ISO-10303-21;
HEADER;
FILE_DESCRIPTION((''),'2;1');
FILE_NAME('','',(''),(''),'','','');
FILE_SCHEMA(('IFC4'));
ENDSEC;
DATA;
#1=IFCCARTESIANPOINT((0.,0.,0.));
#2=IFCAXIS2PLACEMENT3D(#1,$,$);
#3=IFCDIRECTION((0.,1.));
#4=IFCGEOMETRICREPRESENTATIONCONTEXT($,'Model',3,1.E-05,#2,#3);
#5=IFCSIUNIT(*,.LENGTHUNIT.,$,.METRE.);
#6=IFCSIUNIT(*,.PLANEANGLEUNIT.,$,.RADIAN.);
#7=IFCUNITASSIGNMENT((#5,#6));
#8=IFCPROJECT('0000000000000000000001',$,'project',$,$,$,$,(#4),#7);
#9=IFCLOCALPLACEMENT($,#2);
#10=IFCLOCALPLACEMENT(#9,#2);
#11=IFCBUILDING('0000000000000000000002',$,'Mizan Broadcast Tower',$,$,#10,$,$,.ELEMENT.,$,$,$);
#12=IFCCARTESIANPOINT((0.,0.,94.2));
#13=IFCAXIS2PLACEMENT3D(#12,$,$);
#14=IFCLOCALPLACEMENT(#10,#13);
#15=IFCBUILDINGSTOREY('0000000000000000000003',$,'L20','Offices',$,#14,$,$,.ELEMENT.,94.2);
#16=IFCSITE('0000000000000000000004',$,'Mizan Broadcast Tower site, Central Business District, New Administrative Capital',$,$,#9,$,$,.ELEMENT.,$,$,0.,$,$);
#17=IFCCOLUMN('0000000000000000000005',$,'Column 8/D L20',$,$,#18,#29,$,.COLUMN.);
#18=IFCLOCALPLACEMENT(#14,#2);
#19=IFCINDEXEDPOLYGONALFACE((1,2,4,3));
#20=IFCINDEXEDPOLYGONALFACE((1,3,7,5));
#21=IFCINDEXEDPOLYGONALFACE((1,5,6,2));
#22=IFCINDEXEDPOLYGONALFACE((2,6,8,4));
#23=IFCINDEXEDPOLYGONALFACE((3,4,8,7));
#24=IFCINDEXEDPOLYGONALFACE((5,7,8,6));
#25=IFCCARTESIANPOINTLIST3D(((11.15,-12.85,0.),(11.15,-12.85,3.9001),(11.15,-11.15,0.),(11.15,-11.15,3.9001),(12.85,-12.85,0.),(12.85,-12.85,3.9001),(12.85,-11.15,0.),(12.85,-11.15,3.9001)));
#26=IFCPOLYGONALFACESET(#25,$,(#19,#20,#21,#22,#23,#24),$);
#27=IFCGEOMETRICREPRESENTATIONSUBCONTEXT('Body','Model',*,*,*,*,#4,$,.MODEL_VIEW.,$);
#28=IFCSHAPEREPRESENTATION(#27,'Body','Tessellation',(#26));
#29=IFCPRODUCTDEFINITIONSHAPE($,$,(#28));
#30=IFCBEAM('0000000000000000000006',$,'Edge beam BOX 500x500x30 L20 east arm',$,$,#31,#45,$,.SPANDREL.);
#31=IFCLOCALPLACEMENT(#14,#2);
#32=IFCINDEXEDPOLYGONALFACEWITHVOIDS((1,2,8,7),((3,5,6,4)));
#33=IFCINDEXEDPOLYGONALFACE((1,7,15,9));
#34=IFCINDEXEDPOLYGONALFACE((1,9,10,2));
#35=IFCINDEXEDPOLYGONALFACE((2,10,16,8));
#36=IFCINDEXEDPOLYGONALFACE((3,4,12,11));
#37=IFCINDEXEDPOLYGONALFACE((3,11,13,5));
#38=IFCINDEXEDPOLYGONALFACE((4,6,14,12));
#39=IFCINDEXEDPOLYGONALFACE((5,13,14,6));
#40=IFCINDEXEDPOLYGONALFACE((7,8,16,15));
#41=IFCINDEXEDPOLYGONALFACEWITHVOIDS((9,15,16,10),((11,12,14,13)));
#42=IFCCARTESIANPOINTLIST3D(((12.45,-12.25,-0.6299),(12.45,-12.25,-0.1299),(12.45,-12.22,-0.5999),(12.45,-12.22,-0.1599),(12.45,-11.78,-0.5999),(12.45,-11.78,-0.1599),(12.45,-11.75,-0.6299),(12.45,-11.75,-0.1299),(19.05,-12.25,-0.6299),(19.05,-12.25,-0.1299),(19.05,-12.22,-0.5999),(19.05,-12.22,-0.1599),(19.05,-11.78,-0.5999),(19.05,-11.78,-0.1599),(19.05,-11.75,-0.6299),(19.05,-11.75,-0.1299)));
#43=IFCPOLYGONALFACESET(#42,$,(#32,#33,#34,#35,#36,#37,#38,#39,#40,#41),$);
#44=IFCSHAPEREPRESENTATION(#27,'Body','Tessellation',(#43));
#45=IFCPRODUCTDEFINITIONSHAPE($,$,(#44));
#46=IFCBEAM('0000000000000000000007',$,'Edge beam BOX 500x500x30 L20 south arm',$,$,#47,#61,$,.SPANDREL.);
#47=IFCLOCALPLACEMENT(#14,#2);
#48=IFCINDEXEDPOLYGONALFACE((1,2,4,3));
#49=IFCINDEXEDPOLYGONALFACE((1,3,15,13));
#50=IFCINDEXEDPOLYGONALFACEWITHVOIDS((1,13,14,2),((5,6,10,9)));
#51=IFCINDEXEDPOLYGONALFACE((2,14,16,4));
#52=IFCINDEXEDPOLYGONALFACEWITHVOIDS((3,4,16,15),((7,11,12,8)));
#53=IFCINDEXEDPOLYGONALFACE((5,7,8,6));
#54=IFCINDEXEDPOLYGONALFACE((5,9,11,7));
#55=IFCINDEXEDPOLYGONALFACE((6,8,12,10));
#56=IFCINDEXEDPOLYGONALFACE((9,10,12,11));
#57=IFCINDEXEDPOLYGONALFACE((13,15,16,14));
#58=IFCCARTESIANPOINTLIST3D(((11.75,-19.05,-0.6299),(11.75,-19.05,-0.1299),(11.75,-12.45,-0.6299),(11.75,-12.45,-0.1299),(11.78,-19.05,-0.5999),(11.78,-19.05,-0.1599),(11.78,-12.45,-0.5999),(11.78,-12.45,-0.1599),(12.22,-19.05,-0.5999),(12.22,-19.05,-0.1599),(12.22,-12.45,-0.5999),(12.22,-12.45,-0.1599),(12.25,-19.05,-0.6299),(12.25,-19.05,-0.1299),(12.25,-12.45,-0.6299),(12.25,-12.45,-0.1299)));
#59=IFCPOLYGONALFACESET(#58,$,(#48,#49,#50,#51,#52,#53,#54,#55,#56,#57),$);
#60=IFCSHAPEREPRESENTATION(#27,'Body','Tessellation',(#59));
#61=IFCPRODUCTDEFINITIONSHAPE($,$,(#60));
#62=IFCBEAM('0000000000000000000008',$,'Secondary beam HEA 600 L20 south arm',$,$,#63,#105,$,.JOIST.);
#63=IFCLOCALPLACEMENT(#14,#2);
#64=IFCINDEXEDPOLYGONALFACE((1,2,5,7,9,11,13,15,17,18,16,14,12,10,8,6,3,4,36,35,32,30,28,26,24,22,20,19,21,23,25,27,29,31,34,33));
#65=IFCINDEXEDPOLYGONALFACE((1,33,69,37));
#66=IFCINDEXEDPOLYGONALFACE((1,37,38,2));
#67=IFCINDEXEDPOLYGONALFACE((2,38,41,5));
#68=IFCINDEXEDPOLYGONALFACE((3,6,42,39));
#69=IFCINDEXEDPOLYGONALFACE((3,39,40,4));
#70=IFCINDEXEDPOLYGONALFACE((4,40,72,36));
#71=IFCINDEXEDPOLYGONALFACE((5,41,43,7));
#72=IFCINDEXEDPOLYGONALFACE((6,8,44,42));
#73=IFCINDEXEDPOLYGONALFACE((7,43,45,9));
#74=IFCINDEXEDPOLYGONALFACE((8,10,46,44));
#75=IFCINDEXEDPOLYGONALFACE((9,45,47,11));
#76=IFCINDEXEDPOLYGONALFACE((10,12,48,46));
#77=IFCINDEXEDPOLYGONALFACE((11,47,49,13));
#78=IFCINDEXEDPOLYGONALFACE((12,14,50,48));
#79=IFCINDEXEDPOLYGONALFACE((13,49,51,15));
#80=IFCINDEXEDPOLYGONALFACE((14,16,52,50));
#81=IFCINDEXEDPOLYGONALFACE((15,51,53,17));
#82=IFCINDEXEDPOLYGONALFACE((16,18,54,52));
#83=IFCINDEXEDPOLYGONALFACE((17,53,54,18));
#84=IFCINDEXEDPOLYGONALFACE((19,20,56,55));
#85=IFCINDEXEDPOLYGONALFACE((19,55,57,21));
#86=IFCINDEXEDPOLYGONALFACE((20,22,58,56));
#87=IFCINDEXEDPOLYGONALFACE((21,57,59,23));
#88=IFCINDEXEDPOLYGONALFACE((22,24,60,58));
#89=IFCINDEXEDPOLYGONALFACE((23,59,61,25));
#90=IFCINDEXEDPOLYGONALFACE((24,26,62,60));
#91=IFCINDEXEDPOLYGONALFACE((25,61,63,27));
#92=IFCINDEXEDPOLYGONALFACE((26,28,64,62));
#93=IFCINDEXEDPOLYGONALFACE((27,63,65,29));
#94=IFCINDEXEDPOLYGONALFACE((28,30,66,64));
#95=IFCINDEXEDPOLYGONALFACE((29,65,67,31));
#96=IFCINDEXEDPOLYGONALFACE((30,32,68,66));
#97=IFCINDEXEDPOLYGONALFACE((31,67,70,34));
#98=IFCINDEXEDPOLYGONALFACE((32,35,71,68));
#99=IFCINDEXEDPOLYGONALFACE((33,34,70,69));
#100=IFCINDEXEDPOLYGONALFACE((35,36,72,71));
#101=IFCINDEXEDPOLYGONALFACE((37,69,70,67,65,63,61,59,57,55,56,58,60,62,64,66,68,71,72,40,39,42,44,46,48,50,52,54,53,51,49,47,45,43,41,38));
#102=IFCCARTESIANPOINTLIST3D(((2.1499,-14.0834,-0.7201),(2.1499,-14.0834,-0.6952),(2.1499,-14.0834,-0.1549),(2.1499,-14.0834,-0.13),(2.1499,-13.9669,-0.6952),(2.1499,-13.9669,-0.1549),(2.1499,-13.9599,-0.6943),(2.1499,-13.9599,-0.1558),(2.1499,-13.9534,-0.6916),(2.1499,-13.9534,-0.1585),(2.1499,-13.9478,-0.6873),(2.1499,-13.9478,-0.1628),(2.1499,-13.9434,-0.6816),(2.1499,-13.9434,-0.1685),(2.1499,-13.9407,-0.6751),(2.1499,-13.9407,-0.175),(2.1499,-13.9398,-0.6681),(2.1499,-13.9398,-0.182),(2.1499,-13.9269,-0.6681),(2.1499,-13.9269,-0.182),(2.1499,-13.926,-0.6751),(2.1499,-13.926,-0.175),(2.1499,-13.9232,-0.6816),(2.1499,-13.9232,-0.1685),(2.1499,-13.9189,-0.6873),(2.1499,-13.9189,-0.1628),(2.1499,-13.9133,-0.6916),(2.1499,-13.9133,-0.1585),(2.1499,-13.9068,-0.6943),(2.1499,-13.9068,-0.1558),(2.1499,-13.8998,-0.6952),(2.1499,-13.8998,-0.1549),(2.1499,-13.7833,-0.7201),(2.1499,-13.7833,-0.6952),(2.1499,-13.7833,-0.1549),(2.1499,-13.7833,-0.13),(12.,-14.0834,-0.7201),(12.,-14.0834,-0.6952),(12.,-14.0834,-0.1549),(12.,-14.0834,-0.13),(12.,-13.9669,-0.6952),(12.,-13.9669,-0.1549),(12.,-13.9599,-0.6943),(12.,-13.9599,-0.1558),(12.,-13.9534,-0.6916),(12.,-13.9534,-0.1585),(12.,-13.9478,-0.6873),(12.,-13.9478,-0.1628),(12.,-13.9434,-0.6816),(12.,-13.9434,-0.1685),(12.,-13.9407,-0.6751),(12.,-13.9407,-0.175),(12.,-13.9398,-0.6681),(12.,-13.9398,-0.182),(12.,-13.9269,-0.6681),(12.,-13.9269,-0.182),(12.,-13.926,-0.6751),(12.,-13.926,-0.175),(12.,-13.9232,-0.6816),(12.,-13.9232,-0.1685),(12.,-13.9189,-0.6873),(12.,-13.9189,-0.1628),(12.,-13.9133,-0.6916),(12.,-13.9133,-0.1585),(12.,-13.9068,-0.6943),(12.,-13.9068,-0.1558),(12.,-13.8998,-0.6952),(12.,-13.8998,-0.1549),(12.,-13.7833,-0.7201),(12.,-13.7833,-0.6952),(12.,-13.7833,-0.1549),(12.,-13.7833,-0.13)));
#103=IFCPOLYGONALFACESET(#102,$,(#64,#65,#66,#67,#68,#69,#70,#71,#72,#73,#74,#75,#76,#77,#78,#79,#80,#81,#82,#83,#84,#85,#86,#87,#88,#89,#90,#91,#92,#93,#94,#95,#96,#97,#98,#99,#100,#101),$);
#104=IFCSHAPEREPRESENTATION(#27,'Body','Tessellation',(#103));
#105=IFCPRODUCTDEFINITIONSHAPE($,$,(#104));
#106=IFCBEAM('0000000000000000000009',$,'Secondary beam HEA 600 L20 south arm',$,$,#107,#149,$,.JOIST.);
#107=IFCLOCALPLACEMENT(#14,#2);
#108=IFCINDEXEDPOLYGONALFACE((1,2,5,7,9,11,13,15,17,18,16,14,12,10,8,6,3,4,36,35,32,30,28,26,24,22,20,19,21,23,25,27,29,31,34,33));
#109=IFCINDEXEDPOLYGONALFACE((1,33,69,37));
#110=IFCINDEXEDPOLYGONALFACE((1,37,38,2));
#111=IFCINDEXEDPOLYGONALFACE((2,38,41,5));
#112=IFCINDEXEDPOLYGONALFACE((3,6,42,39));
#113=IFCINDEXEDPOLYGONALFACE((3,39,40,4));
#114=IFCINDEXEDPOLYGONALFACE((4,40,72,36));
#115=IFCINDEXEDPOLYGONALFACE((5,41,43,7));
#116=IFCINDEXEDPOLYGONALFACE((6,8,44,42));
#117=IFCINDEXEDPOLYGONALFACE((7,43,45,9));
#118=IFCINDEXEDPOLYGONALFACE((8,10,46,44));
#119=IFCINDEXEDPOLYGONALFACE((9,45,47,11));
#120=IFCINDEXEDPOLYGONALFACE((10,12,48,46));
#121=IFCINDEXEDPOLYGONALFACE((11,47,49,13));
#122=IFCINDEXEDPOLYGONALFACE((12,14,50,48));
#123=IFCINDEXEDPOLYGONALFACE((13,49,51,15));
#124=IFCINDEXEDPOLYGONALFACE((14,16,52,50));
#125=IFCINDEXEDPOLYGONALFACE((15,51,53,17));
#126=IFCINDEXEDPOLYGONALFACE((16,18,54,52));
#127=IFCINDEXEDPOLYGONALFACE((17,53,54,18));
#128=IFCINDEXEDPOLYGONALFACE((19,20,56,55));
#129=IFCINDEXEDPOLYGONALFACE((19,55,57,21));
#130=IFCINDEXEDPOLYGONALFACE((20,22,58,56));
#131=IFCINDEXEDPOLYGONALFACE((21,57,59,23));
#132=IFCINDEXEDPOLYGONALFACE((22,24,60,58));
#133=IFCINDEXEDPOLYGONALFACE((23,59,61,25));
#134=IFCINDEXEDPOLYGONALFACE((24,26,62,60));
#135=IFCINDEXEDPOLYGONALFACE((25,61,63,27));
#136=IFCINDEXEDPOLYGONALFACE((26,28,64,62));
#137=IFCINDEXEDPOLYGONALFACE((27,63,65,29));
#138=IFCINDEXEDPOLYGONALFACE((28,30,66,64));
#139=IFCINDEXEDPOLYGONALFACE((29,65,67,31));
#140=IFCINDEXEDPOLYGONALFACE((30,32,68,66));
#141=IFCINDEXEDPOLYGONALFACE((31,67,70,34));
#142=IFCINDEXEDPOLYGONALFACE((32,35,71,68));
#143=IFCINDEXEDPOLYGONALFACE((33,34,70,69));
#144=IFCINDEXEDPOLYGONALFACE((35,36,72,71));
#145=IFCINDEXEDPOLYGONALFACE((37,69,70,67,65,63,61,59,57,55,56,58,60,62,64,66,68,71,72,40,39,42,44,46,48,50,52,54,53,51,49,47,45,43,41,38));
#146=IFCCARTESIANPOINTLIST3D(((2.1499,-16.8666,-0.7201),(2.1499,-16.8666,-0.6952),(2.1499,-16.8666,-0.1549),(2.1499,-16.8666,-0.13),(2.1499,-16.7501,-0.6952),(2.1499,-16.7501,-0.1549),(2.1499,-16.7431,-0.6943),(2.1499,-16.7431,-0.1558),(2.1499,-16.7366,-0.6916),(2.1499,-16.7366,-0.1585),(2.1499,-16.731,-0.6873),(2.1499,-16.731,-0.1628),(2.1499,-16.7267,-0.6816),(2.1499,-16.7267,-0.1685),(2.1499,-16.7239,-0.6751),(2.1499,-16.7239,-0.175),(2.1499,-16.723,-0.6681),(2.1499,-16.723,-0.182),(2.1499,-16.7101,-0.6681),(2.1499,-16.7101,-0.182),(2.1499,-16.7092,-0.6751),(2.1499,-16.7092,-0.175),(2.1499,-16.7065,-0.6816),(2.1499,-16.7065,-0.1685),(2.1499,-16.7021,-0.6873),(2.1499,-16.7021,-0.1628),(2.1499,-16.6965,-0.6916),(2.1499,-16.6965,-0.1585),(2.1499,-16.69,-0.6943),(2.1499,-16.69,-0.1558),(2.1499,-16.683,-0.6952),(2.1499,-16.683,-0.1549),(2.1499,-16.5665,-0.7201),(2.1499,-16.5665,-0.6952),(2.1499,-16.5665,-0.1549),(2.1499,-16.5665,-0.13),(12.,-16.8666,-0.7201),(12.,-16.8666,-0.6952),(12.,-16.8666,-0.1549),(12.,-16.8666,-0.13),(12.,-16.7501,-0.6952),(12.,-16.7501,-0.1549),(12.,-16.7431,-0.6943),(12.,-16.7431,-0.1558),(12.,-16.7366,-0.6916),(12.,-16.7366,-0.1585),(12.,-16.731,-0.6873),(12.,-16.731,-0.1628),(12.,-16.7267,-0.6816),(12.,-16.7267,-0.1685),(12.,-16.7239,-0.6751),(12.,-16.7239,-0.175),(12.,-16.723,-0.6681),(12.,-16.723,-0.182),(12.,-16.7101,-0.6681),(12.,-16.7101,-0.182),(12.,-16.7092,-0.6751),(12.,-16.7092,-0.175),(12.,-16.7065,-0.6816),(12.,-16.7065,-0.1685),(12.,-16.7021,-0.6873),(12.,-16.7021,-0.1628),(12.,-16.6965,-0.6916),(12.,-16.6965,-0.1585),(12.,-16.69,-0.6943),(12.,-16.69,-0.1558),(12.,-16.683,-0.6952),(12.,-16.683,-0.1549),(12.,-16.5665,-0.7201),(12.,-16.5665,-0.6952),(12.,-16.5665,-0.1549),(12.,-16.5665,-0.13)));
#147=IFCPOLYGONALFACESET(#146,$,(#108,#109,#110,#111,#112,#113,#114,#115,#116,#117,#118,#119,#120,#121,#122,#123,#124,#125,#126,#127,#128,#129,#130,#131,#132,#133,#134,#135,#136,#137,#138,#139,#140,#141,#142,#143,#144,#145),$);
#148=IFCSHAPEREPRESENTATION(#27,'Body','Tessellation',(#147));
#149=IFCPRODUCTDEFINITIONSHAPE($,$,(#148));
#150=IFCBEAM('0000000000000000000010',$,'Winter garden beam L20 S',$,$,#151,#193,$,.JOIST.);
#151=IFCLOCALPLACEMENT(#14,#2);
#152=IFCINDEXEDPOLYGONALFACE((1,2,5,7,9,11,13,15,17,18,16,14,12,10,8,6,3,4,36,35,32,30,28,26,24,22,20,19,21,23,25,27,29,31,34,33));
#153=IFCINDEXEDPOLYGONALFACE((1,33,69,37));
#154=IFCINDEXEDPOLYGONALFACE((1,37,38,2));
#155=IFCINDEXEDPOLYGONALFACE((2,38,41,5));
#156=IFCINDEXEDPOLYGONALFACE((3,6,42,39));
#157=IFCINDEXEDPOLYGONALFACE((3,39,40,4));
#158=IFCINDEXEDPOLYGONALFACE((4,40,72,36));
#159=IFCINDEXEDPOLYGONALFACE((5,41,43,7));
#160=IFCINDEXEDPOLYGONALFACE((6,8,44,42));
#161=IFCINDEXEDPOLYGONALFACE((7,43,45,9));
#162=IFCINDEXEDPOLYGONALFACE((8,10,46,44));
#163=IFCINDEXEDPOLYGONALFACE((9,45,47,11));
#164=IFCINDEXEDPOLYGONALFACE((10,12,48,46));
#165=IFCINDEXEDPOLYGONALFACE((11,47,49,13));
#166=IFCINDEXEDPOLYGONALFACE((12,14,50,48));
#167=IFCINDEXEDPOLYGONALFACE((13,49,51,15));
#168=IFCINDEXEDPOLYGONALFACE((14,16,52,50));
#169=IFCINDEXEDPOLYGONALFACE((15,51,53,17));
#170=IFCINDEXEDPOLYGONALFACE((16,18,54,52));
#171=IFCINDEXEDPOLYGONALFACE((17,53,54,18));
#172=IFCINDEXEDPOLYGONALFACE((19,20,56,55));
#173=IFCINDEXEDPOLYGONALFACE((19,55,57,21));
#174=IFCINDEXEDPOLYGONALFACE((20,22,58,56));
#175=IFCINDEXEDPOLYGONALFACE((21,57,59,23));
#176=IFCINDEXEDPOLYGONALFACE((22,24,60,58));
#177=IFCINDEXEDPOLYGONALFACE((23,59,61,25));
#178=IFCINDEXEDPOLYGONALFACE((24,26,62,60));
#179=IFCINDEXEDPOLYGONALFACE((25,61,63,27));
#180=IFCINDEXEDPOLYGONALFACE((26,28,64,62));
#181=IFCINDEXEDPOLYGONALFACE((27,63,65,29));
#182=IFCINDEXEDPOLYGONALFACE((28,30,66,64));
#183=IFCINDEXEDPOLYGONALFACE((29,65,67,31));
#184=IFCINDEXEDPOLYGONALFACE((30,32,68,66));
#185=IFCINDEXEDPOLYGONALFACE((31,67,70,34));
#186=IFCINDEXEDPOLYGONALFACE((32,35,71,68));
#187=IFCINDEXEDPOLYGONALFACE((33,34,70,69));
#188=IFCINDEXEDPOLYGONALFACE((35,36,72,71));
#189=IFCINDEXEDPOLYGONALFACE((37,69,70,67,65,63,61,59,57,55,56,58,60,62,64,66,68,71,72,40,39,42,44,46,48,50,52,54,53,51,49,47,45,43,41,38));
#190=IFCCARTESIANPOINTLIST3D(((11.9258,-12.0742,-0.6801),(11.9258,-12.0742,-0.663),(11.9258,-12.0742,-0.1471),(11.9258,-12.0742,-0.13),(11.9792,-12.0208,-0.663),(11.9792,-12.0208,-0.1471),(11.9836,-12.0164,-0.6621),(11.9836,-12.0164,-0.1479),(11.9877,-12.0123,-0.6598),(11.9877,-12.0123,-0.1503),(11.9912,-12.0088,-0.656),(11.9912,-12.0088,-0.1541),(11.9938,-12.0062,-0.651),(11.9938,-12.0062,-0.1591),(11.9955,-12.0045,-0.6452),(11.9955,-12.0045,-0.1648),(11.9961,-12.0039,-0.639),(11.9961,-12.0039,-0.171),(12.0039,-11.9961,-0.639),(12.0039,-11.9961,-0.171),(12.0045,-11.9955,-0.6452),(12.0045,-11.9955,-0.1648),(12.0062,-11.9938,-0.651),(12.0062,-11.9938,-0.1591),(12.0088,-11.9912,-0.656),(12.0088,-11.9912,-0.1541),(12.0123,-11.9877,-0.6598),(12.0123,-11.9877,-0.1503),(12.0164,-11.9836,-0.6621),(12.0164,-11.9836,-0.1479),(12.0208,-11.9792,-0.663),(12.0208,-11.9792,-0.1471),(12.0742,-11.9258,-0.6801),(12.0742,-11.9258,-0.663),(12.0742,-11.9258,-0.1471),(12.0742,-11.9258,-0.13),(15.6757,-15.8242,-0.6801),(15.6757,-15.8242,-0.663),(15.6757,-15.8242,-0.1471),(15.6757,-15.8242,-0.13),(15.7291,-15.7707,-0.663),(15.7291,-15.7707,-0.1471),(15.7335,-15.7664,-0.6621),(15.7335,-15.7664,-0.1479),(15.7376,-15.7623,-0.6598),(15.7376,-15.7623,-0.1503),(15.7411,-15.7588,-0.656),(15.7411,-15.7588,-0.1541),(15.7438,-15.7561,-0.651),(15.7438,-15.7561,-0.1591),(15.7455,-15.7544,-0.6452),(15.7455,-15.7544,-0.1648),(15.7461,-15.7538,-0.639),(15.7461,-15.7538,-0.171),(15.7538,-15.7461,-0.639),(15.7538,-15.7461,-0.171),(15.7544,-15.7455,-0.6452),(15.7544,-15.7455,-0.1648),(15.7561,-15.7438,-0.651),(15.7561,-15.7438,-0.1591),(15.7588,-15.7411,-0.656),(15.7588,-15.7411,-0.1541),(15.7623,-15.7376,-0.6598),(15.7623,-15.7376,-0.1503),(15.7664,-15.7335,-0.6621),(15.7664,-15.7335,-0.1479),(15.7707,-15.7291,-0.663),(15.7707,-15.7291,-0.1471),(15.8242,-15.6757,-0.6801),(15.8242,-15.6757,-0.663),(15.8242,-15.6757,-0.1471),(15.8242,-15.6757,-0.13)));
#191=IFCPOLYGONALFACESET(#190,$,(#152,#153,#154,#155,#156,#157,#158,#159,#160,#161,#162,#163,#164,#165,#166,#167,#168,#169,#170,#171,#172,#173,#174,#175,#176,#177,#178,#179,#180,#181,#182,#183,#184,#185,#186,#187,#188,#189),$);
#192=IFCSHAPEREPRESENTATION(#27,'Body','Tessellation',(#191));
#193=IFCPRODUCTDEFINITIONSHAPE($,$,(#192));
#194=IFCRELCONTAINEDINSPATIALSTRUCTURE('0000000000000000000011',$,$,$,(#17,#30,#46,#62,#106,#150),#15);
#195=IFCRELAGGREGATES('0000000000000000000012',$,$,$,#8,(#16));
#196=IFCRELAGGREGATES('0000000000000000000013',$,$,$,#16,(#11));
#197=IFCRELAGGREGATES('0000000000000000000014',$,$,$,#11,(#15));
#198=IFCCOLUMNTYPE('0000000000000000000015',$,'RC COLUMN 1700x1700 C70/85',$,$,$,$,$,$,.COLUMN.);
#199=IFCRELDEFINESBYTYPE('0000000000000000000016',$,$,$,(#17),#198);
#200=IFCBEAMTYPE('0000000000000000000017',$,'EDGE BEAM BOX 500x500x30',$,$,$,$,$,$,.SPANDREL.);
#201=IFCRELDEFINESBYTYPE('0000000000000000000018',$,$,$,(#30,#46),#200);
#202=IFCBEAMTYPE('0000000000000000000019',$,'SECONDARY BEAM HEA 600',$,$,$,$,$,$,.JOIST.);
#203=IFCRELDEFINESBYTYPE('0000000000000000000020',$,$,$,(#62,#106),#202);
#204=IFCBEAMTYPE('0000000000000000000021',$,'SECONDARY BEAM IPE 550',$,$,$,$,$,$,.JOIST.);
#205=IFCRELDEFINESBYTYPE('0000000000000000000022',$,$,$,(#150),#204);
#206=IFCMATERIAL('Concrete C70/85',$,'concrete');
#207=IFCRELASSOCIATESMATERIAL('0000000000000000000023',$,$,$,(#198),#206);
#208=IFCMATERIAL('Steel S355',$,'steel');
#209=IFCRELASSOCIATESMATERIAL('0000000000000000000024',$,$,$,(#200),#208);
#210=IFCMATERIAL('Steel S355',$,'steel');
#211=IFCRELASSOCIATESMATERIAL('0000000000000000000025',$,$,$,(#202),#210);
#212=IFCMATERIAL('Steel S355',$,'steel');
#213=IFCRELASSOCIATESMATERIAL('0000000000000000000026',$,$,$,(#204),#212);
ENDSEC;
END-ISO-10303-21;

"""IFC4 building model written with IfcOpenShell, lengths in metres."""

from ifc_helpers import new_model, si_unit, direction, frame, origin, origin_2d, place, context, subcontext, project, spatial, rectangle, hollow_rectangle, i_section, extrude, material, material_profile, profile_set, type_object, element, save


model = new_model("IFC4")

# Units and contexts
model_context = context("Model", 3, precision=1e-05, world=origin(), true_north=direction((0.0, 1.0)))
body_context = subcontext(model_context, "Body", "Model", "MODEL_VIEW")
ifc_project = project(units=[si_unit("LENGTHUNIT", "METRE"), si_unit("PLANEANGLEUNIT", "RADIAN")], contexts=[model_context])

# Site, building, storey
site_placement = place(None, origin())
site = spatial("IfcSite", under=ifc_project, at=site_placement, Name="Mizan Broadcast Tower site, Central Business District, New Administrative Capital", CompositionType="ELEMENT", RefElevation=0.0)
building_placement = place(site_placement, origin())
building = spatial("IfcBuilding", under=site, at=building_placement, Name="Mizan Broadcast Tower", CompositionType="ELEMENT")
storey_placement = place(building_placement, frame((0.0, 0.0, 94.2)))
storey = spatial("IfcBuildingStorey", under=building, at=storey_placement, Name="L20", Description="Offices", CompositionType="ELEMENT", Elevation=94.2)

# Column
ifc_material_1 = material(Name="Concrete C70/85", Category="concrete")
ifc_material_profile_1 = material_profile(ifc_material_1, rectangle(XDim=1.7, YDim=1.7, at=origin_2d()), Name="RC 1700x1700")
ifc_profile_set_1 = profile_set([ifc_material_profile_1], Name="Concrete C70/85")
column_type = type_object("IfcColumnType", Name="RC COLUMN 1700x1700 C70/85", PredefinedType="COLUMN", material=ifc_profile_set_1)
column_placement = place(storey_placement, frame((12.0, -12.0, 0.0), z_axis=(0.0, 0.0, 1.0), x_axis=(1.0, 0.0, 0.0)))
element("IfcColumn", 1, at=column_placement, inside=storey, type_object=column_type, Name="Column 8/D L20", PredefinedType="COLUMN", context=body_context, shape_type="SweptSolid", body=[
    extrude(rectangle(XDim=1.7, YDim=1.7, at=origin_2d()), origin(), (0.0, 0.0, 1.0), 3.9001),
])

# Beams
ifc_material_2 = material(Name="Steel S355", Category="steel")
ifc_material_profile_2 = material_profile(ifc_material_2, hollow_rectangle(XDim=0.5, YDim=0.5, WallThickness=0.03, at=origin_2d()), Name="BOX 500x500x30")
ifc_profile_set_2 = profile_set([ifc_material_profile_2], Name="Steel S355")
beam_type_1 = type_object("IfcBeamType", Name="EDGE BEAM BOX 500x500x30", PredefinedType="SPANDREL", material=ifc_profile_set_2)
for number, where, z_axis, x_axis, name in (
    (2, (12.45, -12.0, -0.3799), (1.0, 0.0, 0.0), (0.0, 1.0, 0.0), "Edge beam BOX 500x500x30 L20 east arm"),
    (3, (12.0, -12.45, -0.3799), (0.0, -1.0, 0.0), (1.0, 0.0, 0.0), "Edge beam BOX 500x500x30 L20 south arm"),
):
    element("IfcBeam", number, at=place(storey_placement, frame(where, z_axis=z_axis, x_axis=x_axis)), inside=storey, type_object=beam_type_1, Name=name, PredefinedType="SPANDREL", context=body_context, shape_type="SweptSolid", body=[
        extrude(hollow_rectangle(XDim=0.5, YDim=0.5, WallThickness=0.03, at=origin_2d()), origin(), (0.0, 0.0, 1.0), 6.6001),
    ])
ifc_material_3 = material(Name="Steel S355", Category="steel")
ifc_material_profile_3 = material_profile(ifc_material_3, i_section(OverallWidth=0.3, OverallDepth=0.5901, WebThickness=0.0129, FlangeThickness=0.0249, FilletRadius=0.0271, at=origin_2d()), Name="HEA 600")
ifc_profile_set_3 = profile_set([ifc_material_profile_3], Name="Steel S355")
beam_type_2 = type_object("IfcBeamType", Name="SECONDARY BEAM HEA 600", PredefinedType="JOIST", material=ifc_profile_set_3)
for number, where, z_axis, x_axis, name in (
    (4, (12.0, -13.9333, -0.425), (-1.0, 0.0, 0.0), (0.0, -1.0, 0.0), "Secondary beam HEA 600 L20 south arm"),
    (5, (12.0, -16.7166, -0.425), (-1.0, 0.0, 0.0), (0.0, -1.0, 0.0), "Secondary beam HEA 600 L20 south arm"),
):
    element("IfcBeam", number, at=place(storey_placement, frame(where, z_axis=z_axis, x_axis=x_axis)), inside=storey, type_object=beam_type_2, Name=name, PredefinedType="JOIST", context=body_context, shape_type="SweptSolid", body=[
        extrude(i_section(OverallWidth=0.3, OverallDepth=0.5901, WebThickness=0.0129, FlangeThickness=0.0249, FilletRadius=0.0271, at=origin_2d()), origin(), (0.0, 0.0, 1.0), 9.8501),
    ])
ifc_material_4 = material(Name="Steel S355", Category="steel")
ifc_material_profile_4 = material_profile(ifc_material_4, i_section(OverallWidth=0.21, OverallDepth=0.55, WebThickness=0.011, FlangeThickness=0.0171, FilletRadius=0.0239, at=origin_2d()), Name="IPE 550")
ifc_profile_set_4 = profile_set([ifc_material_profile_4], Name="Steel S355")
beam_type_3 = type_object("IfcBeamType", Name="SECONDARY BEAM IPE 550", PredefinedType="JOIST", material=ifc_profile_set_4)
beam_placement = place(storey_placement, frame((12.0, -12.0, -0.405), z_axis=(0.707107, -0.707107, 0.0), x_axis=(0.707107, 0.707107, 0.0)))
element("IfcBeam", 6, at=beam_placement, inside=storey, type_object=beam_type_3, Name="Winter garden beam L20 S", PredefinedType="JOIST", context=body_context, shape_type="SweptSolid", body=[
    extrude(i_section(OverallWidth=0.21, OverallDepth=0.55, WebThickness=0.011, FlangeThickness=0.0171, FilletRadius=0.0239, at=origin_2d()), origin(), (0.0, 0.0, 1.0), 5.3032),
])

save(model, "model.ifc")
